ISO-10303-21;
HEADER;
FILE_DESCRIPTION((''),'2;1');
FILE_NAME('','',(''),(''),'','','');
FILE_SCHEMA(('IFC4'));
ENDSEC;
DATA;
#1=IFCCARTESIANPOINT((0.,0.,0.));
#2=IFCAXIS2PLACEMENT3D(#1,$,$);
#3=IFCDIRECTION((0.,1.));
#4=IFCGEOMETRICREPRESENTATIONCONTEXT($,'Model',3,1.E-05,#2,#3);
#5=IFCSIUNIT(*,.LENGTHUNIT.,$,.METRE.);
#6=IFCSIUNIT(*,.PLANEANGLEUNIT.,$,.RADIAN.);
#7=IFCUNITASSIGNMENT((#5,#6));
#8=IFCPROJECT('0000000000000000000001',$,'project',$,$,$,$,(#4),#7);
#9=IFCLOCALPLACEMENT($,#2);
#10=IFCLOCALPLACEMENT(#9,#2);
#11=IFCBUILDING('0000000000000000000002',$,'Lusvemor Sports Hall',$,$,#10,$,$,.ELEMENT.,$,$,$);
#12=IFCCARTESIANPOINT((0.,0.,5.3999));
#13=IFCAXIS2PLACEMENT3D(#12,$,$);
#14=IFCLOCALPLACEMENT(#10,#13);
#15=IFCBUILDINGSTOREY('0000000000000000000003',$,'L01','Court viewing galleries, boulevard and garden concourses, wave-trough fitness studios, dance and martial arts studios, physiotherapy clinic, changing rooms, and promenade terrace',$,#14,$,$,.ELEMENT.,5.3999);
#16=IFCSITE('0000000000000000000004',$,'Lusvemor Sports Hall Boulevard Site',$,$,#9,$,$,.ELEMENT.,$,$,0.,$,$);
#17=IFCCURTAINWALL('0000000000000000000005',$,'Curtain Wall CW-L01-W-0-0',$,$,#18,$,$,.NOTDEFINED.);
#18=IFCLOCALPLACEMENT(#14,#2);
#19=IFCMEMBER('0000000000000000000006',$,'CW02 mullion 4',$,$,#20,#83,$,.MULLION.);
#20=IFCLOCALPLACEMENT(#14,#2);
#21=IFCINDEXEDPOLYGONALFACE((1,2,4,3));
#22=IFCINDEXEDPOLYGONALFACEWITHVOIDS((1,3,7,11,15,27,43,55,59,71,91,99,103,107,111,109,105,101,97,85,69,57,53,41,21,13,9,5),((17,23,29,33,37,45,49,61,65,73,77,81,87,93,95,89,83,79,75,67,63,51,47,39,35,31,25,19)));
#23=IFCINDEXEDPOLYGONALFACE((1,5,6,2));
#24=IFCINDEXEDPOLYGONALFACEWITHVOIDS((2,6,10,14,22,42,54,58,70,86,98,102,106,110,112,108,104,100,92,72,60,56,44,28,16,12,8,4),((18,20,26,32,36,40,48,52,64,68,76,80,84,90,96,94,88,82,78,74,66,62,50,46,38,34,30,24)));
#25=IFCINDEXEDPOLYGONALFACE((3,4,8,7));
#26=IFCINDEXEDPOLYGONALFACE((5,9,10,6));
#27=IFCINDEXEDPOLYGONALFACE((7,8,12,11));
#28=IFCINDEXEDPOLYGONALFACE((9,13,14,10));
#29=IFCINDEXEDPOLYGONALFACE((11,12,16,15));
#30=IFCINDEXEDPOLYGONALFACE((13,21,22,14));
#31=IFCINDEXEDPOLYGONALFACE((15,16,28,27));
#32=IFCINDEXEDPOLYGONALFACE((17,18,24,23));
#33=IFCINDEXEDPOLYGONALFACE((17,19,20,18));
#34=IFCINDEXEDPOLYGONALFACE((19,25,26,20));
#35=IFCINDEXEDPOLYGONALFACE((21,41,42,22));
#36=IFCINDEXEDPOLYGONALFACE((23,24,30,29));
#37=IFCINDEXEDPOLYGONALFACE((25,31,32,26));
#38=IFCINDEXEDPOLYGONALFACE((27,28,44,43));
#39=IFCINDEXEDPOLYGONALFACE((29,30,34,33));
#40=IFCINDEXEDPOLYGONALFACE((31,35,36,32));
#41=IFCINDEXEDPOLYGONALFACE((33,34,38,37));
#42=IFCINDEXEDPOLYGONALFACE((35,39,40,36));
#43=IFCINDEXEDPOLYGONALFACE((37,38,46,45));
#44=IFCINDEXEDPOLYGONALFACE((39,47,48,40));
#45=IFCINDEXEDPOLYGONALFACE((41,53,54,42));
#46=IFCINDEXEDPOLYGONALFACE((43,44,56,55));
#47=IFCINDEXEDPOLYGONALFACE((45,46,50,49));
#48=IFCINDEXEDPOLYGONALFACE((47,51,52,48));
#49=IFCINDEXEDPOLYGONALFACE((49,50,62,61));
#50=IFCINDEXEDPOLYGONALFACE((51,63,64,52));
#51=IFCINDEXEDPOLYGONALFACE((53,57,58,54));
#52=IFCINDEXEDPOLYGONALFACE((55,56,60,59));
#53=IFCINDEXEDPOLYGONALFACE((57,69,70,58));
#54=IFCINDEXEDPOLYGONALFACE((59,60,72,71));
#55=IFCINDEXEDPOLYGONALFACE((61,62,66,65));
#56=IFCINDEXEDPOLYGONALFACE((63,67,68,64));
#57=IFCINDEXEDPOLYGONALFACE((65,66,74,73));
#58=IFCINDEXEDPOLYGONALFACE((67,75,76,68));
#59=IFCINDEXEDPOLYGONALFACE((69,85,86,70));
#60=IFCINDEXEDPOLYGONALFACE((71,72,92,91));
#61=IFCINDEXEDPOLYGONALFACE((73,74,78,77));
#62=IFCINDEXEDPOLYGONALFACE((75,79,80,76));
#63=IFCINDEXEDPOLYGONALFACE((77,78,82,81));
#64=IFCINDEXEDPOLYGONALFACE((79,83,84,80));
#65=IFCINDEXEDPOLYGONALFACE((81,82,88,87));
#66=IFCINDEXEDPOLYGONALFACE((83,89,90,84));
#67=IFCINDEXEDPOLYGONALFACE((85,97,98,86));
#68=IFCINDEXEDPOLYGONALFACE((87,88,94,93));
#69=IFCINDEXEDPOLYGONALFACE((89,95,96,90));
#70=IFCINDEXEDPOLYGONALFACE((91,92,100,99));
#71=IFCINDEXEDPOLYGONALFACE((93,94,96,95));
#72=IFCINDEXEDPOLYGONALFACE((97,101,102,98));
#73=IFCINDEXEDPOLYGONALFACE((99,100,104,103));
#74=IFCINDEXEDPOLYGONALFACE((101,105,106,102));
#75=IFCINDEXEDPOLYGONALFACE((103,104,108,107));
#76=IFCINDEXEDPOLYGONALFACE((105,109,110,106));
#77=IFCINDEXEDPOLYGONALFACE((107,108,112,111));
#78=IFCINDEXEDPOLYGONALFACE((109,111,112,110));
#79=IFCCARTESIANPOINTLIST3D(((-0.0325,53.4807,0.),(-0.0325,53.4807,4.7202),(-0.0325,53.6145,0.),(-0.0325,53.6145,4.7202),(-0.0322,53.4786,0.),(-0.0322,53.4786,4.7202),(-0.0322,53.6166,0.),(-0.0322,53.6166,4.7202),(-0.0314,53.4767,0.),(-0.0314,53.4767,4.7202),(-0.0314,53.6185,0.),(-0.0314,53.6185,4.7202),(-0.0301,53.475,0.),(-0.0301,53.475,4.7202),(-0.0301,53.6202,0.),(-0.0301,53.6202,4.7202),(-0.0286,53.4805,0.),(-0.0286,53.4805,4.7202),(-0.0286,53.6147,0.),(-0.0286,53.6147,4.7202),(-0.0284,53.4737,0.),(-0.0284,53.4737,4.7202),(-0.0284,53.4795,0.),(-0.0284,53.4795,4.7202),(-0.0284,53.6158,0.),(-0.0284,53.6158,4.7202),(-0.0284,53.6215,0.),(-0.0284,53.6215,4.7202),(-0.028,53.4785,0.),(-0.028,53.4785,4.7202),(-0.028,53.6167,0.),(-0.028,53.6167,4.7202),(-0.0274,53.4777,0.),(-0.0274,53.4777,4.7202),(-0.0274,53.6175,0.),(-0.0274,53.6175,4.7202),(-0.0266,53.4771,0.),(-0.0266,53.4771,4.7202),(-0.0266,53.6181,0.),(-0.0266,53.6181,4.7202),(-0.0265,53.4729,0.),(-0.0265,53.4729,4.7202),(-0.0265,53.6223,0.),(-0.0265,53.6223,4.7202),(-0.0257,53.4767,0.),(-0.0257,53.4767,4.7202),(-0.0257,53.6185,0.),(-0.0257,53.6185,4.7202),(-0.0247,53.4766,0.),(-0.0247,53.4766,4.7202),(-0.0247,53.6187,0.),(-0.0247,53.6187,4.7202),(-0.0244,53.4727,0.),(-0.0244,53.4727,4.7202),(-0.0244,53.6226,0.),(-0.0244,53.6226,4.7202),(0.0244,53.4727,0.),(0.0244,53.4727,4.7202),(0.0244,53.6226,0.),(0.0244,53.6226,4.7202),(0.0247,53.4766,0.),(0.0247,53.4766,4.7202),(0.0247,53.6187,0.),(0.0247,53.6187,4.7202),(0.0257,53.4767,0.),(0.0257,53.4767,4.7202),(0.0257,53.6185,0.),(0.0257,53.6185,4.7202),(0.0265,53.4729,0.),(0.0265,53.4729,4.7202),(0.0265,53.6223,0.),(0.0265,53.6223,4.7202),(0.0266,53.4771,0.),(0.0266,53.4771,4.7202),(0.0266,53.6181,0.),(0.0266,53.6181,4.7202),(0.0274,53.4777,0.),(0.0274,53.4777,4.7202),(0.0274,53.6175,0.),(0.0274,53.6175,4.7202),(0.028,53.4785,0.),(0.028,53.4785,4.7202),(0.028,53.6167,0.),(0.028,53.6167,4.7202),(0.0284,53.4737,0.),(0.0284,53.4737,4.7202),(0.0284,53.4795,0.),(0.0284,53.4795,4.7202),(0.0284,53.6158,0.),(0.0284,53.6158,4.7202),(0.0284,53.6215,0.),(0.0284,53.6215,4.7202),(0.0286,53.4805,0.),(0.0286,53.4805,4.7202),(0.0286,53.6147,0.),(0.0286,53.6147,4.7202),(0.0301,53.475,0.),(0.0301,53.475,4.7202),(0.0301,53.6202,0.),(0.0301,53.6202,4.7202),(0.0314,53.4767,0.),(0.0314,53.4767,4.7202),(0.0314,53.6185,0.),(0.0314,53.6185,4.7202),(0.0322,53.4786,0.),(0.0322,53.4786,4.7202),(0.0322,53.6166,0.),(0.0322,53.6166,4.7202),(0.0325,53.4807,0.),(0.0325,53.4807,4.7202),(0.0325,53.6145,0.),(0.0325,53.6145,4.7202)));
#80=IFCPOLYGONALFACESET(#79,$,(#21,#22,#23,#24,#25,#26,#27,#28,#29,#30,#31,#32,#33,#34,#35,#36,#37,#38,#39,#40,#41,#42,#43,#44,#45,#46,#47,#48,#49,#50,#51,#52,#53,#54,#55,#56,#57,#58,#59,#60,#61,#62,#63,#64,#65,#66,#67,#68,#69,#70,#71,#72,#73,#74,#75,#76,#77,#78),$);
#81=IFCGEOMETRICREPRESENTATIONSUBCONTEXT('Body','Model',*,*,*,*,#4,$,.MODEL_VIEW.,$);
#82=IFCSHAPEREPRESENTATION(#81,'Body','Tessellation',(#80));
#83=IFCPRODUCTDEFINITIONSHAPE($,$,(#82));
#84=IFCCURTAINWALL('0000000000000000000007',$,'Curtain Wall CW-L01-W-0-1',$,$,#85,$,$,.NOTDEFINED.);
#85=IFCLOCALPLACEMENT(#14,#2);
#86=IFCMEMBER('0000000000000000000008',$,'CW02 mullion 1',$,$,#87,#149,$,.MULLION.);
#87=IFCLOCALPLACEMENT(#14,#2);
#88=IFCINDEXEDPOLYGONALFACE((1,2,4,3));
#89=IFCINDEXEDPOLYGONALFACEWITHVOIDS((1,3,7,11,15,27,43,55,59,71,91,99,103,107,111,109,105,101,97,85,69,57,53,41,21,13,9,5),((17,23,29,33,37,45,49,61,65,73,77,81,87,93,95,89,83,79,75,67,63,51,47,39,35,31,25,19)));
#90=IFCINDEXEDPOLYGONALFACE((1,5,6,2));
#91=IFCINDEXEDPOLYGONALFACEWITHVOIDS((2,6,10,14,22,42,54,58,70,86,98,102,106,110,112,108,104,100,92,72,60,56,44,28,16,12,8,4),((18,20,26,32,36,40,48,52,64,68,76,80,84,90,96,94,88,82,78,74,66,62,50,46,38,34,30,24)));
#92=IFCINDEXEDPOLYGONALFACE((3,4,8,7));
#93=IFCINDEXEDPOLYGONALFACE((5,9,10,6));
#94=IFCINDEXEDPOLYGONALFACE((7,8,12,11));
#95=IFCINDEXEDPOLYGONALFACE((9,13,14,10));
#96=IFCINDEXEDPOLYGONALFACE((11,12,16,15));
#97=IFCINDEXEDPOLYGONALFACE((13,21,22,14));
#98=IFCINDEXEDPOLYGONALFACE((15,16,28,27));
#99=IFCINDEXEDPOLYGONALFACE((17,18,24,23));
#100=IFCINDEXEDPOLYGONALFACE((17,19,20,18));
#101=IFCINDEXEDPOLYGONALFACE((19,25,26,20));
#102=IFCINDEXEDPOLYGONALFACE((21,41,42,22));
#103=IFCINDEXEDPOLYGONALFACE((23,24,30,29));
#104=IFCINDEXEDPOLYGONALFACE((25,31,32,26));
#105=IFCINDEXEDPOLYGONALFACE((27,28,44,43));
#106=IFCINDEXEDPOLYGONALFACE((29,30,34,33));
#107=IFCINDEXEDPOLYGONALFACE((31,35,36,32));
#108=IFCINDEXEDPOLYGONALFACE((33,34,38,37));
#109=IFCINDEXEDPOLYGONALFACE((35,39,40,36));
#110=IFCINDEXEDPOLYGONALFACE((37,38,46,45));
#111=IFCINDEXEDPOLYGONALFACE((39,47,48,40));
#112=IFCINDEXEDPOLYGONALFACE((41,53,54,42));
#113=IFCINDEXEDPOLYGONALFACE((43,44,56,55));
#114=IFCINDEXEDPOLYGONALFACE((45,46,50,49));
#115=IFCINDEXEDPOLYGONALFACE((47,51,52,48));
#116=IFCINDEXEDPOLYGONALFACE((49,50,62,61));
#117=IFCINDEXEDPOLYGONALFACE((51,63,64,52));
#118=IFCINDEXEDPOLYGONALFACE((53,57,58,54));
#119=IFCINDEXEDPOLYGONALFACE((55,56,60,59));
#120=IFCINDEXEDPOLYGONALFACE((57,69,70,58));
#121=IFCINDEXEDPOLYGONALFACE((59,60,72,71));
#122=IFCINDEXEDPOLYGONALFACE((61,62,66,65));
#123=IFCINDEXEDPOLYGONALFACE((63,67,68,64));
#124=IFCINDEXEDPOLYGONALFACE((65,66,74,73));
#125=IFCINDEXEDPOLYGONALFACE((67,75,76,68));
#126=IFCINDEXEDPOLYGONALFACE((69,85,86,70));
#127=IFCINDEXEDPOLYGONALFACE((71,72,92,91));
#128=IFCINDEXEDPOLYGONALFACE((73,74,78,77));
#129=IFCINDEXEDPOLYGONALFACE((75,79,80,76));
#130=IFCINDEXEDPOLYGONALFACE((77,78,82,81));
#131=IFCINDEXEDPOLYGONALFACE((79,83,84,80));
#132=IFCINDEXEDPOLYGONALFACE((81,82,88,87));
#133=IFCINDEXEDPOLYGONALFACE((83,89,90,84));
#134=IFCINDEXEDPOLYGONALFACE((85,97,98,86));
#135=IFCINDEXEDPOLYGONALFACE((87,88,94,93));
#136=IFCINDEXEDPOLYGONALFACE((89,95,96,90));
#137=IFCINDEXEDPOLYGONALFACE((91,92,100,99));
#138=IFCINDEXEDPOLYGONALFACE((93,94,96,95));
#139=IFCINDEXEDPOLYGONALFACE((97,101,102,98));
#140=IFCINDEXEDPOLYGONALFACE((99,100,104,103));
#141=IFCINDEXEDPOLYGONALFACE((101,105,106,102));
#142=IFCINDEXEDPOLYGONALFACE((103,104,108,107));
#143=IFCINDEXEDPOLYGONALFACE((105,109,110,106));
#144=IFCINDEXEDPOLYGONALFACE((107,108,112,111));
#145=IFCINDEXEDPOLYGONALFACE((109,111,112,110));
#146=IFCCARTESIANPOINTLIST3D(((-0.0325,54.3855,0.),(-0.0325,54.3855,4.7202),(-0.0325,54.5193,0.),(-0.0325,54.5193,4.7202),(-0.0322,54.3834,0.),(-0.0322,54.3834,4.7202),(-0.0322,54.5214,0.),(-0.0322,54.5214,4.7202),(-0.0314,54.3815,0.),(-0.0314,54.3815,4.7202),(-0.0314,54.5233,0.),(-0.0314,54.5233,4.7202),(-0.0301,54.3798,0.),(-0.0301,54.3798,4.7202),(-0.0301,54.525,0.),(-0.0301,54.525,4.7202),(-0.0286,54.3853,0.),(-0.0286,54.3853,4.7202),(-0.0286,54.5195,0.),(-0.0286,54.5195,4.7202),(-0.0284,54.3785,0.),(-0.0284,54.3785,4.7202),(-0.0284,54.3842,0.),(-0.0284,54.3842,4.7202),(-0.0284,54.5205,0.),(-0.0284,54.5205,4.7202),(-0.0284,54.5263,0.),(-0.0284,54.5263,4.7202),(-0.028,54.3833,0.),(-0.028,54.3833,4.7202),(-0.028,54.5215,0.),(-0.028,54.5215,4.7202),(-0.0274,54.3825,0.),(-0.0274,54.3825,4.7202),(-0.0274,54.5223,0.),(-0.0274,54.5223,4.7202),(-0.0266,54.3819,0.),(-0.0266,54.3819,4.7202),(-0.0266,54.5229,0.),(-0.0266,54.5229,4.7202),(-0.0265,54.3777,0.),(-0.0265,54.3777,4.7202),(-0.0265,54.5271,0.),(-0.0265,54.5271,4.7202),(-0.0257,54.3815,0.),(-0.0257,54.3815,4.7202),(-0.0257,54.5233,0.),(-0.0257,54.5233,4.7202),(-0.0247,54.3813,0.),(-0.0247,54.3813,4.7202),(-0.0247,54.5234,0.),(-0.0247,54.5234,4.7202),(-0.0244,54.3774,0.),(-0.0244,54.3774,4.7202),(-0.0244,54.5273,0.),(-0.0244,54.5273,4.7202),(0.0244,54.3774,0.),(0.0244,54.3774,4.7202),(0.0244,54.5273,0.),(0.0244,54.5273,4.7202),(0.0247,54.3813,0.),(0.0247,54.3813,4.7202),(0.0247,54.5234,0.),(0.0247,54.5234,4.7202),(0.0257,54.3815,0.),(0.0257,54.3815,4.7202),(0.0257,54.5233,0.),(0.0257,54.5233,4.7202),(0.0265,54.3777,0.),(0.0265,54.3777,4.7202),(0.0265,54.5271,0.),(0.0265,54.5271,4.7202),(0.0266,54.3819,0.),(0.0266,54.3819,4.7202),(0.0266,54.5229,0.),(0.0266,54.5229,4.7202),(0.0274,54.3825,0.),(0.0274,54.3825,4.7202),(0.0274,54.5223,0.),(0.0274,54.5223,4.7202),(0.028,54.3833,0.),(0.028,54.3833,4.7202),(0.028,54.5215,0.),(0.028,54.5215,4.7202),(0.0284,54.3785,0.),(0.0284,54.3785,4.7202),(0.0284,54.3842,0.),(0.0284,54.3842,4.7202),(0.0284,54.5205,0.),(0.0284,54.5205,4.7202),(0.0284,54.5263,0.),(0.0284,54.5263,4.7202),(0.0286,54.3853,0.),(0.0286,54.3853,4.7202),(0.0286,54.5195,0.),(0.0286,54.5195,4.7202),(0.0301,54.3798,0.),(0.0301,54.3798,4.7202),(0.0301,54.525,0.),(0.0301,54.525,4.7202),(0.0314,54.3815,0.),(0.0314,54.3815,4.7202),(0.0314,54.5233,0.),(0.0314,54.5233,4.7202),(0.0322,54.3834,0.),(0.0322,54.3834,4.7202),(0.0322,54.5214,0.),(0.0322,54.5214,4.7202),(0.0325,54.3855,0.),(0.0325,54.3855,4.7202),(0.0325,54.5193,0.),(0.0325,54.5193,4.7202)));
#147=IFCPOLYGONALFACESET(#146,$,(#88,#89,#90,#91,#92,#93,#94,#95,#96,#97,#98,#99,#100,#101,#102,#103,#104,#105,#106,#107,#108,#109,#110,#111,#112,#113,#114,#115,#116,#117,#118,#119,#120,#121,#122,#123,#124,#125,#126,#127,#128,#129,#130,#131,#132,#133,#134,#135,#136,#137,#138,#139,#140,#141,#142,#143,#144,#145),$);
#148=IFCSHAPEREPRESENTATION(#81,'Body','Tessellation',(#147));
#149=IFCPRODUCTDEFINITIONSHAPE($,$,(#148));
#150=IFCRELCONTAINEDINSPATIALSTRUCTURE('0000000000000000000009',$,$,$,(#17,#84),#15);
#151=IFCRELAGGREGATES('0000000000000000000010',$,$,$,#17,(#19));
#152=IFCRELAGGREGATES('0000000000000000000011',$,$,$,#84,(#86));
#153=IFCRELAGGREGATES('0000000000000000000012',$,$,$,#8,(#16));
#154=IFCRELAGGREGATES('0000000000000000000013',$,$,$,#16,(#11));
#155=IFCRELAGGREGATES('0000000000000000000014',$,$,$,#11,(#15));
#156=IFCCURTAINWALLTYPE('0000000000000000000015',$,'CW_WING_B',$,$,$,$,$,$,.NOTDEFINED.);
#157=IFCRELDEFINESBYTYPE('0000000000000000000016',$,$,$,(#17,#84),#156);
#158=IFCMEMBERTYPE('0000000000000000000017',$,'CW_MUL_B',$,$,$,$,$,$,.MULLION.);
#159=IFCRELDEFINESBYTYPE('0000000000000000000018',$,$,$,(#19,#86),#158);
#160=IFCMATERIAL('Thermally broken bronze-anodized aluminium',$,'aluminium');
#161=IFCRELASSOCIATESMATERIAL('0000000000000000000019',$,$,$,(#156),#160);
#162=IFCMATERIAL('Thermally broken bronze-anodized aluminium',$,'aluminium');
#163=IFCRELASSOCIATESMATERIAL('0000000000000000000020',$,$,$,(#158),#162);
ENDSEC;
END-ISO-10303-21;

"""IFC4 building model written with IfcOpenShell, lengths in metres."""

from ifc_helpers import new_model, si_unit, direction, frame, origin, origin_2d, place, context, subcontext, project, spatial, hollow_rectangle, extrude, material, material_profile, profile_set, type_object, element, aggregate, save


model = new_model("IFC4")

# Units and contexts
model_context = context("Model", 3, precision=1e-05, world=origin(), true_north=direction((0.0, 1.0)))
body_context = subcontext(model_context, "Body", "Model", "MODEL_VIEW")
ifc_project = project(units=[si_unit("LENGTHUNIT", "METRE"), si_unit("PLANEANGLEUNIT", "RADIAN")], contexts=[model_context])

# Site, building, storey
site_placement = place(None, origin())
site = spatial("IfcSite", under=ifc_project, at=site_placement, Name="Lusvemor Sports Hall Boulevard Site", CompositionType="ELEMENT", RefElevation=0.0)
building_placement = place(site_placement, origin())
building = spatial("IfcBuilding", under=site, at=building_placement, Name="Lusvemor Sports Hall", CompositionType="ELEMENT")
storey_placement = place(building_placement, frame((0.0, 0.0, 5.3999)))
storey = spatial("IfcBuildingStorey", under=building, at=storey_placement, Name="L01", Description="Court viewing galleries, boulevard and garden concourses, wave-trough fitness studios, dance and martial arts studios, physiotherapy clinic, changing rooms, and promenade terrace", CompositionType="ELEMENT", Elevation=5.3999)

# Curtain wall, member
ifc_material_1 = material(Name="Thermally broken bronze-anodized aluminium", Category="aluminium")
curtain_wall_type = type_object("IfcCurtainWallType", Name="CW_WING_B", PredefinedType="NOTDEFINED", material=ifc_material_1)
curtain_wall_1_placement = place(storey_placement, origin())
curtain_wall_1 = element("IfcCurtainWall", 1, at=curtain_wall_1_placement, inside=storey, type_object=curtain_wall_type, Name="Curtain Wall CW-L01-W-0-0", PredefinedType="NOTDEFINED")
ifc_material_2 = material(Name="Thermally broken bronze-anodized aluminium", Category="aluminium")
ifc_material_profile_1 = material_profile(ifc_material_2, hollow_rectangle(XDim=0.0649, YDim=0.1499, WallThickness=0.0039, InnerFilletRadius=0.0039, OuterFilletRadius=0.0081, at=origin_2d()), Name="CWMUL150x65x4")
ifc_profile_set_1 = profile_set([ifc_material_profile_1], Name="Thermally broken bronze-anodized aluminium")
member_type_1 = type_object("IfcMemberType", Name="CW_MUL_B", PredefinedType="MULLION", material=ifc_profile_set_1)
member_1_placement = place(storey_placement, frame((0.0, 53.5476, 0.0), z_axis=(0.0, 0.0, 1.0), x_axis=(-1.0, 0.0, 0.0)))
member_1 = element("IfcMember", 2, at=member_1_placement, type_object=member_type_1, Name="CW02 mullion 4", PredefinedType="MULLION", context=body_context, shape_type="SweptSolid", body=[
    extrude(hollow_rectangle(XDim=0.0649, YDim=0.1499, WallThickness=0.0039, InnerFilletRadius=0.0039, OuterFilletRadius=0.0081, at=origin_2d()), origin(), (0.0, 0.0, 1.0), 4.7202),
])

# Curtain wall, member
curtain_wall_2_placement = place(storey_placement, origin())
curtain_wall_2 = element("IfcCurtainWall", 3, at=curtain_wall_2_placement, inside=storey, type_object=curtain_wall_type, Name="Curtain Wall CW-L01-W-0-1", PredefinedType="NOTDEFINED")
member_2_placement = place(storey_placement, frame((0.0, 54.4524, 0.0), z_axis=(0.0, 0.0, 1.0), x_axis=(-1.0, 0.0, 0.0)))
member_2 = element("IfcMember", 4, at=member_2_placement, type_object=member_type_1, Name="CW02 mullion 1", PredefinedType="MULLION", context=body_context, shape_type="SweptSolid", body=[
    extrude(hollow_rectangle(XDim=0.0649, YDim=0.1499, WallThickness=0.0039, InnerFilletRadius=0.0039, OuterFilletRadius=0.0081, at=origin_2d()), origin(), (0.0, 0.0, 1.0), 4.7202),
])

aggregate(curtain_wall_1, [member_1])
aggregate(curtain_wall_2, [member_2])

save(model, "model.ifc")
